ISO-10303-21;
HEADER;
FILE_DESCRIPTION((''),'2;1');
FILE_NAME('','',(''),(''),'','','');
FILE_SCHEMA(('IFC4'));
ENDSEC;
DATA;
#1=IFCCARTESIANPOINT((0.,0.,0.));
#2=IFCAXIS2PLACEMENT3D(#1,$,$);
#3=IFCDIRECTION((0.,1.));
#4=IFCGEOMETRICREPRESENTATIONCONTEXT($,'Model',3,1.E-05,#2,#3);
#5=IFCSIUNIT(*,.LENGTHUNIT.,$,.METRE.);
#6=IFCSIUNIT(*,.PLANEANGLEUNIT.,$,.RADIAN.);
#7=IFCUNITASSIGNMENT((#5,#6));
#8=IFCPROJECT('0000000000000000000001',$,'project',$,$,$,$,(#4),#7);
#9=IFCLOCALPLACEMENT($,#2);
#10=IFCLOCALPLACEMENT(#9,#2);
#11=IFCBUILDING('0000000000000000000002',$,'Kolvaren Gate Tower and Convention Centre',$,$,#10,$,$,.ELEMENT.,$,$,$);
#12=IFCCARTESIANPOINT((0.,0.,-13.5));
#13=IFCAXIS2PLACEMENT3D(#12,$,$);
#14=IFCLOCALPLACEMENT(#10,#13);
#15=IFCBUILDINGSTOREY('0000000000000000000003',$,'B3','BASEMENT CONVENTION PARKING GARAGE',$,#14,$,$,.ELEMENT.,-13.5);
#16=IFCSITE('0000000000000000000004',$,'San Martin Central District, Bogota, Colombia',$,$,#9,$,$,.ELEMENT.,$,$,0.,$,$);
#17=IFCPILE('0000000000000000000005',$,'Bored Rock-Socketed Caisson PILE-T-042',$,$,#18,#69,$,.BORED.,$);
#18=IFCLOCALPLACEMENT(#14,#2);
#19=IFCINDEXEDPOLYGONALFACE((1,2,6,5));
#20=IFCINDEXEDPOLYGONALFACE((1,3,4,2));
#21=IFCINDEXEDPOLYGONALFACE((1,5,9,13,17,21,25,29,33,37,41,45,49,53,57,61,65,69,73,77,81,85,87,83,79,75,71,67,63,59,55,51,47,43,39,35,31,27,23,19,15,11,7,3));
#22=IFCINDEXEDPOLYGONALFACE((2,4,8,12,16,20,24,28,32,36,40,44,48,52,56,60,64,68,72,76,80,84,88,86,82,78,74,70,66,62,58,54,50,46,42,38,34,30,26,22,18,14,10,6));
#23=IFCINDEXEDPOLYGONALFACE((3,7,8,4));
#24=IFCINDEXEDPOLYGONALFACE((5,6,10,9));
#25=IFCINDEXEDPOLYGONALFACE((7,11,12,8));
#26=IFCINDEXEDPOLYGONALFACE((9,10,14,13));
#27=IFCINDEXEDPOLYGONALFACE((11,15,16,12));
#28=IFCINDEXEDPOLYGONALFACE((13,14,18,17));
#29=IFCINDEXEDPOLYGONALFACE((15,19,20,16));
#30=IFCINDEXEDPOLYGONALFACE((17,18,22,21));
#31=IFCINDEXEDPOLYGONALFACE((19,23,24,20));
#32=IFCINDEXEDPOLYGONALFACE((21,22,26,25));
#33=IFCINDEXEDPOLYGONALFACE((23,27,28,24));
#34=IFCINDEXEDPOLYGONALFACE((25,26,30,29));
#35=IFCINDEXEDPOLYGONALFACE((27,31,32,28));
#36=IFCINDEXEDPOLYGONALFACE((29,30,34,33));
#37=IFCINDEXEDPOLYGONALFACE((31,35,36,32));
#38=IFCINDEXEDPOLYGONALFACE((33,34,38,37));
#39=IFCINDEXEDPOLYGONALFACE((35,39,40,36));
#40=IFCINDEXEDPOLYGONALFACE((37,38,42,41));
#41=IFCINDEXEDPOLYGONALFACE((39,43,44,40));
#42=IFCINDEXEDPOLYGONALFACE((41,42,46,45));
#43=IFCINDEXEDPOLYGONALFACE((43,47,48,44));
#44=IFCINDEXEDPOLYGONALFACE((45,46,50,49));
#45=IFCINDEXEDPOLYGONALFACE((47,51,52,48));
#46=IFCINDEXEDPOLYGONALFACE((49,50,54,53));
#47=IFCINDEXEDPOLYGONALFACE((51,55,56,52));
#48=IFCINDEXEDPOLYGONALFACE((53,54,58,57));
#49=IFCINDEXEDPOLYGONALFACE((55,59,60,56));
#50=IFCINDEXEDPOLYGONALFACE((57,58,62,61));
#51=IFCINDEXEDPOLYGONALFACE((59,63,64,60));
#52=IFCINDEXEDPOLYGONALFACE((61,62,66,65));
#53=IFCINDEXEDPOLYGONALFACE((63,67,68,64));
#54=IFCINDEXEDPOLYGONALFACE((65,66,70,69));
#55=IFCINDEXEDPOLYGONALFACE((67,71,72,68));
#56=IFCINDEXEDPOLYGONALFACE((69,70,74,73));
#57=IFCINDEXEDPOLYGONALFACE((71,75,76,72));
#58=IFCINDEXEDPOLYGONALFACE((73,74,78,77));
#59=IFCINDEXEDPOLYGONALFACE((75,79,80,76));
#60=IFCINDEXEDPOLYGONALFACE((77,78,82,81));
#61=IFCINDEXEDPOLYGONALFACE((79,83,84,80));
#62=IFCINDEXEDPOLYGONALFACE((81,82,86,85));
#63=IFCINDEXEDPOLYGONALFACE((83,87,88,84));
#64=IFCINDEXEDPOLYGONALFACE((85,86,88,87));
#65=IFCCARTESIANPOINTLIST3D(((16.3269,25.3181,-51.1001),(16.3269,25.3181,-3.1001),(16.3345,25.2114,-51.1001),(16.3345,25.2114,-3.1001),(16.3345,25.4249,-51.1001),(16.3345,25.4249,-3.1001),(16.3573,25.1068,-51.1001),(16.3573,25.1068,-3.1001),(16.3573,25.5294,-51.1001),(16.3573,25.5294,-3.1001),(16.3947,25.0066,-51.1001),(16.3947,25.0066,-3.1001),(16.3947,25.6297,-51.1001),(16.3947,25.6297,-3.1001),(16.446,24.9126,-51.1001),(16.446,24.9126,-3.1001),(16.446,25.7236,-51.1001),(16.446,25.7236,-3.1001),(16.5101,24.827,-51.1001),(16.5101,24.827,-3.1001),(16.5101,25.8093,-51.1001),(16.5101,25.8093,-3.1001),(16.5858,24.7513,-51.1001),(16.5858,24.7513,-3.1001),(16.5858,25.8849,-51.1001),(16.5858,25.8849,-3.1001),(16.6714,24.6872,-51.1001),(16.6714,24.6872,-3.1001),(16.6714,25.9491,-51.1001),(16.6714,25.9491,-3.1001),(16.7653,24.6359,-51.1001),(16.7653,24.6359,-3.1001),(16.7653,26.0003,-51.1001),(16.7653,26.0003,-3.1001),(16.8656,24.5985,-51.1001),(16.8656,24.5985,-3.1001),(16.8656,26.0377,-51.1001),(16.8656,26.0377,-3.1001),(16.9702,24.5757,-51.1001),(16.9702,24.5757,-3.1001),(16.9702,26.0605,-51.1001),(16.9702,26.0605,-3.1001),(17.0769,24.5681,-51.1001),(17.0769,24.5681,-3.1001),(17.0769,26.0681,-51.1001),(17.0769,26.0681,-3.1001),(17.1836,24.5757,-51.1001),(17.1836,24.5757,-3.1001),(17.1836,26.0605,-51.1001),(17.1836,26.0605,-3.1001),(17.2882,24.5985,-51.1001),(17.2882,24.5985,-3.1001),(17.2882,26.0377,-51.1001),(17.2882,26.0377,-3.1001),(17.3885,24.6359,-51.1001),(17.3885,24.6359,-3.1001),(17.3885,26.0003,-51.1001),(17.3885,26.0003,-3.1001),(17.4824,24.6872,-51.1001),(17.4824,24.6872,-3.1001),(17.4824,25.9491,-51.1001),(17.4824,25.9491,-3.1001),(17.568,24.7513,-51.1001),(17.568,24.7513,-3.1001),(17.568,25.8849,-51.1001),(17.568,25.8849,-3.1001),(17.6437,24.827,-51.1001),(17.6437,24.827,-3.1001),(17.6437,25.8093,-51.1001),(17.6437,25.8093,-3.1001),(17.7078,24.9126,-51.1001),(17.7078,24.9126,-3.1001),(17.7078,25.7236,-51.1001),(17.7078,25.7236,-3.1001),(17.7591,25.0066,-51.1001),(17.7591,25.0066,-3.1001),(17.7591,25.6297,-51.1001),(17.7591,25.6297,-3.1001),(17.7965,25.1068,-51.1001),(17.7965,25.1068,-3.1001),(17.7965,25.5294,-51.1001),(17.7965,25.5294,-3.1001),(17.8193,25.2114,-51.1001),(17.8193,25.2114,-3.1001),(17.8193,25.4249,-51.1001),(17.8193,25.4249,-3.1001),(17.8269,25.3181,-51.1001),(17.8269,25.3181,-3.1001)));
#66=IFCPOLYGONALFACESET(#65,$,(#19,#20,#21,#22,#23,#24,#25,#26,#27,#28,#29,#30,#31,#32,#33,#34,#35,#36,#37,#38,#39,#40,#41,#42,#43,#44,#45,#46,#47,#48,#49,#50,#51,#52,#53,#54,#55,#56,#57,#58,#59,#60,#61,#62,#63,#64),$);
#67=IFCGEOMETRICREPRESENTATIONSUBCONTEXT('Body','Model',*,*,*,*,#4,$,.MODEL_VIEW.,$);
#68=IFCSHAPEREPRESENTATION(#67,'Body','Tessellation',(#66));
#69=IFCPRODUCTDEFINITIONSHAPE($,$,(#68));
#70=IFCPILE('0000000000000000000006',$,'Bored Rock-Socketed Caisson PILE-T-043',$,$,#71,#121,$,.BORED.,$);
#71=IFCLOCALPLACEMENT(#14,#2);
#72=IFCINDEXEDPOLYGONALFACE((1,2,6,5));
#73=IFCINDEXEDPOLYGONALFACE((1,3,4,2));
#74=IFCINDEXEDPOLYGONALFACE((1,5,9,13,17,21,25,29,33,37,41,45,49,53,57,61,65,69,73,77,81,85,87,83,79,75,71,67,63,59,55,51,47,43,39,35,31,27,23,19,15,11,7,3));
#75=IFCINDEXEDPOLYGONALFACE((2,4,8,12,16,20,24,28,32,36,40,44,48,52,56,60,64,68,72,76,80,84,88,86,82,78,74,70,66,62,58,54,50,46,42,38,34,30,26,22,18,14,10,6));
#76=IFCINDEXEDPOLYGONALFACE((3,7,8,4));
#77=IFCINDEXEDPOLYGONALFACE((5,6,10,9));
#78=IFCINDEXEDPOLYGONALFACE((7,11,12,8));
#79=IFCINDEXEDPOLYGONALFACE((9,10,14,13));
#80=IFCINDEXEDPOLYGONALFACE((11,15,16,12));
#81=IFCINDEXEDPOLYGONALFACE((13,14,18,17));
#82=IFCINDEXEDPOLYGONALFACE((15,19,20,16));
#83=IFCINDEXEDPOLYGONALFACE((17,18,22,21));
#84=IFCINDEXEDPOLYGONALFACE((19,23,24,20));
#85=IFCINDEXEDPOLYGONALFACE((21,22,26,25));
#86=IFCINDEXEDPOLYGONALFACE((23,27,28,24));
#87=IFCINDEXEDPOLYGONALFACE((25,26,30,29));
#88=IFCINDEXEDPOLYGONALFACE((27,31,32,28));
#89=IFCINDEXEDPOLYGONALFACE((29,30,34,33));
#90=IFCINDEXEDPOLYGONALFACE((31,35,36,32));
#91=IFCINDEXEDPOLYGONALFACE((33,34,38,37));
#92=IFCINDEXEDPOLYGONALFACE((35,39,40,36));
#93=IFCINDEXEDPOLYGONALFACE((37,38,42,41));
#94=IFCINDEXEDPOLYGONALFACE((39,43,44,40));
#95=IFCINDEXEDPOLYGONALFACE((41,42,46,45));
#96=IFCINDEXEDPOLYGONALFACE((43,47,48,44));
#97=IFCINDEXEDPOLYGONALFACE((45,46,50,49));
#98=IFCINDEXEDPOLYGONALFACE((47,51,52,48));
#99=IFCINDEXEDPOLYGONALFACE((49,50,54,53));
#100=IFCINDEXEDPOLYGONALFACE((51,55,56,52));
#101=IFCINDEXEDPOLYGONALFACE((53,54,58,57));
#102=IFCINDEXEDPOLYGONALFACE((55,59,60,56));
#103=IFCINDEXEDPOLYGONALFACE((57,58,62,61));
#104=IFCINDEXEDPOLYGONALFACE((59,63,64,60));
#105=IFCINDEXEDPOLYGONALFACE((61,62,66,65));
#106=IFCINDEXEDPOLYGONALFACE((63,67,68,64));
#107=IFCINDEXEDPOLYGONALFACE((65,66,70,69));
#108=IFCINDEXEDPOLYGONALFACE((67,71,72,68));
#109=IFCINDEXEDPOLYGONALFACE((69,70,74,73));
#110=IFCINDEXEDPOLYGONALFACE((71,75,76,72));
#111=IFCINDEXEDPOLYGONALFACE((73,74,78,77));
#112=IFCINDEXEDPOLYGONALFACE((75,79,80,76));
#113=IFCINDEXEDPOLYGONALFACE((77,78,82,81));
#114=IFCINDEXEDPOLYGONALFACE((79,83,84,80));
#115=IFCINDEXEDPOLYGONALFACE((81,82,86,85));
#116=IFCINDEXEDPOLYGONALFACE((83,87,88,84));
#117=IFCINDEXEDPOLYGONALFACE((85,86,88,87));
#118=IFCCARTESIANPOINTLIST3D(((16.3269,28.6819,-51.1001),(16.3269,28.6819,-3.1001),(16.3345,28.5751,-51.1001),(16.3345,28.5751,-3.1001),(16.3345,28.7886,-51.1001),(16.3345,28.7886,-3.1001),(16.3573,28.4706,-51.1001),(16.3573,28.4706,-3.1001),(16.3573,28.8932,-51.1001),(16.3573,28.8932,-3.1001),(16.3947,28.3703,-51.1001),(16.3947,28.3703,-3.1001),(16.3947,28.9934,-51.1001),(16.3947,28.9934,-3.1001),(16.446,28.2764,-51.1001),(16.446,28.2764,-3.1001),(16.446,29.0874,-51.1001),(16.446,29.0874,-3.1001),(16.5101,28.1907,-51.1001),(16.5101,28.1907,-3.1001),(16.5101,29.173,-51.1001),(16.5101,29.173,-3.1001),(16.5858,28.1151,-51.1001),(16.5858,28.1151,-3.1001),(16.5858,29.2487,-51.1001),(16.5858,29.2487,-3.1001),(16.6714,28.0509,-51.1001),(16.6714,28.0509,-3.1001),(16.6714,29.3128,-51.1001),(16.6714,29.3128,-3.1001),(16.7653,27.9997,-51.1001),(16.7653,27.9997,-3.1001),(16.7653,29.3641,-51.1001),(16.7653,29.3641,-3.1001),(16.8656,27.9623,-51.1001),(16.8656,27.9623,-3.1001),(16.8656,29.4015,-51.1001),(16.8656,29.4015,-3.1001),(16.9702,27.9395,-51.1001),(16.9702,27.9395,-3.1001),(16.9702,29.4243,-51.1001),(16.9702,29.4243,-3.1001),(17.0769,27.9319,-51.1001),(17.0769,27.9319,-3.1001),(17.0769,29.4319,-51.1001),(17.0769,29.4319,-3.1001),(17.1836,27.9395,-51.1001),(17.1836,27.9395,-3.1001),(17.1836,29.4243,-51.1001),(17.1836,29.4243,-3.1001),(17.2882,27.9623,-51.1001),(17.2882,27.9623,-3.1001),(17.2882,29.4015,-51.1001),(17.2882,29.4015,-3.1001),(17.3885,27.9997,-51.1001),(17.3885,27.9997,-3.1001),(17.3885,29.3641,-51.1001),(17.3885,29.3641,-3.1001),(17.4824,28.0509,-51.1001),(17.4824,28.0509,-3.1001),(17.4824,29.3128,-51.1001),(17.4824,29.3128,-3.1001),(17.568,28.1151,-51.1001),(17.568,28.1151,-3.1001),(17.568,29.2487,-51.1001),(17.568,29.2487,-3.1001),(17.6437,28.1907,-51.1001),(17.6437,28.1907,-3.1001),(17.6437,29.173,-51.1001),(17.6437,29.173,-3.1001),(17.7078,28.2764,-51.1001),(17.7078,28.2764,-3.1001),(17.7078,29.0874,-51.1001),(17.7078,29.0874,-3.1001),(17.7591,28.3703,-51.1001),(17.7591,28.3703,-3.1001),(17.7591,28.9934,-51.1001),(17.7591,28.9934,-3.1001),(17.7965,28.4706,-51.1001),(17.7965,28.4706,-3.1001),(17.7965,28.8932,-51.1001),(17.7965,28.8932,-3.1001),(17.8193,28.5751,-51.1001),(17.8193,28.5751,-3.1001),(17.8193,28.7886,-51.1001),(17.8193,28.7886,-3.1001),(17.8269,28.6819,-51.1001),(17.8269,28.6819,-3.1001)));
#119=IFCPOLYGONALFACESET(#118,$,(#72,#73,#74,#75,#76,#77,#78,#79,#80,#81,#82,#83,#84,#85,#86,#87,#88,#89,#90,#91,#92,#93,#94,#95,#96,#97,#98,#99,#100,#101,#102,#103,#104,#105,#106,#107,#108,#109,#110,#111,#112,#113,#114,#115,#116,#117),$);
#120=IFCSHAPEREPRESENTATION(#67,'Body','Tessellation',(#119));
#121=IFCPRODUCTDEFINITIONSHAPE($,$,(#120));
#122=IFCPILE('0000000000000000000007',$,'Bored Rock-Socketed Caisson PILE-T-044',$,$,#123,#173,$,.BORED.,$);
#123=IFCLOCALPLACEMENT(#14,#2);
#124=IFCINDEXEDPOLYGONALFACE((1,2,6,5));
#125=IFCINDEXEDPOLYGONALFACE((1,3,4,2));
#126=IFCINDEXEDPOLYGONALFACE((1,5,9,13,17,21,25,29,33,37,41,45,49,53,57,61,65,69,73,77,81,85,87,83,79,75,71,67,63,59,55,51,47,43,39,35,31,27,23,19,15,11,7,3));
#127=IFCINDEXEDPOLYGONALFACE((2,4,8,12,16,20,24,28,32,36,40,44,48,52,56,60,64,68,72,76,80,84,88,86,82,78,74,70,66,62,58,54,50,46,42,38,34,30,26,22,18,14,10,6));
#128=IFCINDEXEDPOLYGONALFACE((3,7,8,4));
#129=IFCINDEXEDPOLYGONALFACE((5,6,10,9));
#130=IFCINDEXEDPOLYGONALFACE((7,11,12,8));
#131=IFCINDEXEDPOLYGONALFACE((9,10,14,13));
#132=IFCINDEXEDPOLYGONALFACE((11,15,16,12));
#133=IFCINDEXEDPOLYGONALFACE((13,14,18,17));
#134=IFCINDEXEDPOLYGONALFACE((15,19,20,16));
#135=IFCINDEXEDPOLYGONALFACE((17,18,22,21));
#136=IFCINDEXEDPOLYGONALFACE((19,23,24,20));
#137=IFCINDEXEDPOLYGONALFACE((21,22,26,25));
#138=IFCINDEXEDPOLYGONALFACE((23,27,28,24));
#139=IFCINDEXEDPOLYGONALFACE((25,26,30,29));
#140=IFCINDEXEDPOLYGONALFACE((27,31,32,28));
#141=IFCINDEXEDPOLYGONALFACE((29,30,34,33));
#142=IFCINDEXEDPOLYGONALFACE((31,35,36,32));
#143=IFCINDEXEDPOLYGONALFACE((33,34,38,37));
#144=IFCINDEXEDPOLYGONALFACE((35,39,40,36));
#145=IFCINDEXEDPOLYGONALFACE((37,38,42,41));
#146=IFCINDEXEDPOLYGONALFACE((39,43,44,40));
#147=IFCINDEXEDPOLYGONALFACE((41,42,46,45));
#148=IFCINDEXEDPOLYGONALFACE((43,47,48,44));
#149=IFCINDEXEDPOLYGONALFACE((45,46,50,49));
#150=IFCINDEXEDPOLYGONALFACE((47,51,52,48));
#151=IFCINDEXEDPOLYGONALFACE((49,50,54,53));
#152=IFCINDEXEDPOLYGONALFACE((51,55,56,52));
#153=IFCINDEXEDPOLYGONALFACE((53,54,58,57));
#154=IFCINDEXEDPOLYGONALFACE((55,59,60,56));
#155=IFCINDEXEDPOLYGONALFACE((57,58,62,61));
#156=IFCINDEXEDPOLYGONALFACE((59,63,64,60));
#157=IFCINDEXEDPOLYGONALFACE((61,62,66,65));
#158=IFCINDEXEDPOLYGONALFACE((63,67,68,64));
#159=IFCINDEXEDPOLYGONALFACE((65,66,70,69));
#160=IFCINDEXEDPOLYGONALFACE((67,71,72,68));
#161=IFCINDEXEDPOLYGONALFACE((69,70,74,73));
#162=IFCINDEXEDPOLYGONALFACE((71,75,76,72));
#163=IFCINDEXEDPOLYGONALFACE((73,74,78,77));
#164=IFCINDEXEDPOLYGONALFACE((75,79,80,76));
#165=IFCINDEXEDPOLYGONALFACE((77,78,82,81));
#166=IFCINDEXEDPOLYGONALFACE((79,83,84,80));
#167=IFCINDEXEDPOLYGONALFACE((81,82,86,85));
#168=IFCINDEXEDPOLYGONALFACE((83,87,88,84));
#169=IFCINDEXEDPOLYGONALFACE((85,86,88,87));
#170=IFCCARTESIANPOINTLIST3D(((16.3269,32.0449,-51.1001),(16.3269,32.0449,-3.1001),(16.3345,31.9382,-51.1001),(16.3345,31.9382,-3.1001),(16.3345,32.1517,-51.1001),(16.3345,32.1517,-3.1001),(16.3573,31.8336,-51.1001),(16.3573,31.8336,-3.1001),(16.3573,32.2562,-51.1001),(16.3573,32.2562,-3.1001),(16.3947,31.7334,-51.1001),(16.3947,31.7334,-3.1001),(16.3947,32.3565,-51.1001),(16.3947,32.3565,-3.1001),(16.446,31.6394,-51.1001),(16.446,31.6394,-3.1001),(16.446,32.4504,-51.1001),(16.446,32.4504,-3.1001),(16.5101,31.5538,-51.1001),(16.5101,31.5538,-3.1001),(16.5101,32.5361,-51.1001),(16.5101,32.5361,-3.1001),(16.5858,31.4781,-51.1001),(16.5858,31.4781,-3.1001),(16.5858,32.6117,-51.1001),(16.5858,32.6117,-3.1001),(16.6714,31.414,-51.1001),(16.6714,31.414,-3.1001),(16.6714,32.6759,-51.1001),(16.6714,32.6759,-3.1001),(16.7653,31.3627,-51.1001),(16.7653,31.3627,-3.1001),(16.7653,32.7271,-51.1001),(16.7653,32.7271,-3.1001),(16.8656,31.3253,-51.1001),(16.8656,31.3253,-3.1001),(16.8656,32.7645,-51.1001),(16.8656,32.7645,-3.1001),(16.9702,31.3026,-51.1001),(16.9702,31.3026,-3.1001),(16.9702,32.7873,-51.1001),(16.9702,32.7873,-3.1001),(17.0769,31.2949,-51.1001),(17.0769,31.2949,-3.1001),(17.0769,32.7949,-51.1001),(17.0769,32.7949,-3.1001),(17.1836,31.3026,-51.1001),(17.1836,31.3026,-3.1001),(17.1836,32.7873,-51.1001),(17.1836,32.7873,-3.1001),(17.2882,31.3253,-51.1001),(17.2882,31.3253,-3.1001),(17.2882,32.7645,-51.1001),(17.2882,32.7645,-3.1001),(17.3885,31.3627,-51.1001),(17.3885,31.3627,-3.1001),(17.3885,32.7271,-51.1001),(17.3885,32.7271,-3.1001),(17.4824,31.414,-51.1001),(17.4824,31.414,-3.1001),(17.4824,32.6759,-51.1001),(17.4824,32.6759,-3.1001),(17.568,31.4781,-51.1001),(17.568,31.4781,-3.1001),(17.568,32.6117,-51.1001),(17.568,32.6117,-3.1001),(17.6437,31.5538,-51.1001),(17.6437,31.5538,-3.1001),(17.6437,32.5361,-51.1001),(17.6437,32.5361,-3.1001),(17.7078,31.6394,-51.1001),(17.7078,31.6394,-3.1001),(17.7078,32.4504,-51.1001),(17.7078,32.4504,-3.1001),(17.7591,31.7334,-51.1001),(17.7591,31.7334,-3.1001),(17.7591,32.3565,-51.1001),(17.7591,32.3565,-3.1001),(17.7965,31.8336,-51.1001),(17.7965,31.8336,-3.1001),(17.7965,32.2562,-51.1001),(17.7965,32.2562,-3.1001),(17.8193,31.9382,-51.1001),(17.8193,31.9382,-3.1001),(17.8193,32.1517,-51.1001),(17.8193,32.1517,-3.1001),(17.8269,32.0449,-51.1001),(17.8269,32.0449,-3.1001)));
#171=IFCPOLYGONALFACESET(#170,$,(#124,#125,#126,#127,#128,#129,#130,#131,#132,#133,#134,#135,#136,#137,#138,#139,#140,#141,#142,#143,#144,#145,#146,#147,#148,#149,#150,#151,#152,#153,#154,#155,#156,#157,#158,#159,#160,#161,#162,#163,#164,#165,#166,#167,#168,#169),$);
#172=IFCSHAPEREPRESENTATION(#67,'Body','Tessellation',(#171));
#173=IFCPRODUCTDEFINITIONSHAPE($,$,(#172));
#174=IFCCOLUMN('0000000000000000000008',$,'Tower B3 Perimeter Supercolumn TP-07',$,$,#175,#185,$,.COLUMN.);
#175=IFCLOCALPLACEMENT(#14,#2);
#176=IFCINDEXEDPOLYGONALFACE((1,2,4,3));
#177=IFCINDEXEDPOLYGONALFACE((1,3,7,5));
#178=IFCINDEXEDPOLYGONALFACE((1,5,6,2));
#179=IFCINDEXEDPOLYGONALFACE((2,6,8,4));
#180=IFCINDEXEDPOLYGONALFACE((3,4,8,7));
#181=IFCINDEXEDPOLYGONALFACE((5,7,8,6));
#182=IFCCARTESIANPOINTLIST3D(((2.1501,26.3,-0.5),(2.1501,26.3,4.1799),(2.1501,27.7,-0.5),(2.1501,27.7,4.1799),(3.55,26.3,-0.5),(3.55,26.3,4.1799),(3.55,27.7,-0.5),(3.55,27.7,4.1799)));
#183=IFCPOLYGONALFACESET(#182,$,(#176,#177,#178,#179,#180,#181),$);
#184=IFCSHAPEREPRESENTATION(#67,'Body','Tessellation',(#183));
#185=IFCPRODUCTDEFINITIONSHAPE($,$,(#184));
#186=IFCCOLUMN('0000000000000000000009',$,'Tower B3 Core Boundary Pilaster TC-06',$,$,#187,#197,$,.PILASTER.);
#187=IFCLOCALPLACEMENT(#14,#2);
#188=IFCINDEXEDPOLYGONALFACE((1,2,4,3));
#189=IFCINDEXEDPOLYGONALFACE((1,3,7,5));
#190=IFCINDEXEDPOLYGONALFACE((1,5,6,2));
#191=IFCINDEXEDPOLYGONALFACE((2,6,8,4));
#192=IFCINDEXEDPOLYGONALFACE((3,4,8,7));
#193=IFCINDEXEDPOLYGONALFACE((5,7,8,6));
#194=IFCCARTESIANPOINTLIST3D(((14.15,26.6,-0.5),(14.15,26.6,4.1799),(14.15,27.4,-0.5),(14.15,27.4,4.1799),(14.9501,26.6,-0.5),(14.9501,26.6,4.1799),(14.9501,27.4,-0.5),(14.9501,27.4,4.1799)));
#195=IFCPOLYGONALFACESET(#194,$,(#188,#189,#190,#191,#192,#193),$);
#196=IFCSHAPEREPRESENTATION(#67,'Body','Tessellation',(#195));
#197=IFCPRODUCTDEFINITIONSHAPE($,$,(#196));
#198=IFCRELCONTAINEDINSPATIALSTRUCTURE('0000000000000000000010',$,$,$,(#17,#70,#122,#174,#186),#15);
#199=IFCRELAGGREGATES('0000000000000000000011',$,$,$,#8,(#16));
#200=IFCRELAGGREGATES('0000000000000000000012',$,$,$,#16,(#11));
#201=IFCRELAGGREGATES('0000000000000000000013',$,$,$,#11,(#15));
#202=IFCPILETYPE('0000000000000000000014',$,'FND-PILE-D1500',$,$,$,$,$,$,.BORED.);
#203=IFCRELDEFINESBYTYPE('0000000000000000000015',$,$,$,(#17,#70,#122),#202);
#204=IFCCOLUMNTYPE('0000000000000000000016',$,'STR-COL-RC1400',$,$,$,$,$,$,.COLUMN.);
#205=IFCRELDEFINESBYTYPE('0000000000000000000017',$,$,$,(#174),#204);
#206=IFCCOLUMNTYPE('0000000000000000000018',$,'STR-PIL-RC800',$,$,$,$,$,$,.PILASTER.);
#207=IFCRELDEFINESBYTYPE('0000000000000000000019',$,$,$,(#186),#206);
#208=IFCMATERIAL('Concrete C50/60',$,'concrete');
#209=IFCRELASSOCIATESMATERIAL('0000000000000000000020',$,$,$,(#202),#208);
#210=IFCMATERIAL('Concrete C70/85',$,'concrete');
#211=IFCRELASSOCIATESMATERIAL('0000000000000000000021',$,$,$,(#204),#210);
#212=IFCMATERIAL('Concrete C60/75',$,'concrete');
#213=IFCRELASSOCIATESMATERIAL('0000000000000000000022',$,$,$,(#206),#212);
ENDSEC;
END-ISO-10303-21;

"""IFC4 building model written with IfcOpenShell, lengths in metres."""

from ifc_helpers import new_model, si_unit, direction, frame, origin, origin_2d, place, context, subcontext, project, spatial, rectangle, circle, extrude, material, material_profile, profile_set, type_object, element, save


model = new_model("IFC4")

# Units and contexts
model_context = context("Model", 3, precision=1e-05, world=origin(), true_north=direction((0.0, 1.0)))
body_context = subcontext(model_context, "Body", "Model", "MODEL_VIEW")
ifc_project = project(units=[si_unit("LENGTHUNIT", "METRE"), si_unit("PLANEANGLEUNIT", "RADIAN")], contexts=[model_context])

# Site, building, storey
site_placement = place(None, origin())
site = spatial("IfcSite", under=ifc_project, at=site_placement, Name="San Martin Central District, Bogota, Colombia", CompositionType="ELEMENT", RefElevation=0.0)
building_placement = place(site_placement, origin())
building = spatial("IfcBuilding", under=site, at=building_placement, Name="Kolvaren Gate Tower and Convention Centre", CompositionType="ELEMENT")
storey_placement = place(building_placement, frame((0.0, 0.0, -13.5)))
storey = spatial("IfcBuildingStorey", under=building, at=storey_placement, Name="B3", Description="BASEMENT CONVENTION PARKING GARAGE", CompositionType="ELEMENT", Elevation=-13.5)

# Piles
ifc_material_1 = material(Name="Concrete C50/60", Category="concrete")
ifc_material_profile_1 = material_profile(ifc_material_1, circle(Radius=0.75, at=origin_2d()), Name="CAISSON-D1500")
ifc_profile_set_1 = profile_set([ifc_material_profile_1], Name="Concrete C50/60")
pile_type = type_object("IfcPileType", Name="FND-PILE-D1500", PredefinedType="BORED", material=ifc_profile_set_1)
for number, where, z_axis, x_axis, name in (
    (1, (17.0769, 25.3181, -3.1001), (0.0, 0.0, -1.0), (1.0, 0.0, 0.0), "Bored Rock-Socketed Caisson PILE-T-042"),
    (2, (17.0769, 28.6819, -3.1001), (0.0, 0.0, -1.0), (1.0, 0.0, 0.0), "Bored Rock-Socketed Caisson PILE-T-043"),
    (3, (17.0769, 32.0449, -3.1001), (0.0, 0.0, -1.0), (1.0, 0.0, 0.0), "Bored Rock-Socketed Caisson PILE-T-044"),
):
    element("IfcPile", number, at=place(storey_placement, frame(where, z_axis=z_axis, x_axis=x_axis)), inside=storey, type_object=pile_type, Name=name, PredefinedType="BORED", context=body_context, shape_type="SweptSolid", body=[
        extrude(circle(Radius=0.75, at=origin_2d()), origin(), (0.0, 0.0, 1.0), 48.0),
    ])

# Columns
ifc_material_2 = material(Name="Concrete C70/85", Category="concrete")
ifc_material_profile_2 = material_profile(ifc_material_2, rectangle(XDim=1.3999, YDim=1.3999, at=origin_2d()), Name="RC-COL-1400X1400")
ifc_profile_set_2 = profile_set([ifc_material_profile_2], Name="Concrete C70/85")
column_type_1 = type_object("IfcColumnType", Name="STR-COL-RC1400", PredefinedType="COLUMN", material=ifc_profile_set_2)
column_1_placement = place(storey_placement, frame((2.8501, 27.0, -0.5), z_axis=(0.0, 0.0, 1.0), x_axis=(1.0, 0.0, 0.0)))
element("IfcColumn", 4, at=column_1_placement, inside=storey, type_object=column_type_1, Name="Tower B3 Perimeter Supercolumn TP-07", PredefinedType="COLUMN", context=body_context, shape_type="SweptSolid", body=[
    extrude(rectangle(XDim=1.3999, YDim=1.3999, at=origin_2d()), origin(), (0.0, 0.0, 1.0), 4.6799),
])
ifc_material_3 = material(Name="Concrete C60/75", Category="concrete")
ifc_material_profile_3 = material_profile(ifc_material_3, rectangle(XDim=0.8, YDim=0.8, at=origin_2d()), Name="RC-COL-800X800")
ifc_profile_set_3 = profile_set([ifc_material_profile_3], Name="Concrete C60/75")
column_type_2 = type_object("IfcColumnType", Name="STR-PIL-RC800", PredefinedType="PILASTER", material=ifc_profile_set_3)
column_2_placement = place(storey_placement, frame((14.55, 27.0, -0.5), z_axis=(0.0, 0.0, 1.0), x_axis=(1.0, 0.0, 0.0)))
element("IfcColumn", 5, at=column_2_placement, inside=storey, type_object=column_type_2, Name="Tower B3 Core Boundary Pilaster TC-06", PredefinedType="PILASTER", context=body_context, shape_type="SweptSolid", body=[
    extrude(rectangle(XDim=0.8, YDim=0.8, at=origin_2d()), origin(), (0.0, 0.0, 1.0), 4.6799),
])

save(model, "model.ifc")
